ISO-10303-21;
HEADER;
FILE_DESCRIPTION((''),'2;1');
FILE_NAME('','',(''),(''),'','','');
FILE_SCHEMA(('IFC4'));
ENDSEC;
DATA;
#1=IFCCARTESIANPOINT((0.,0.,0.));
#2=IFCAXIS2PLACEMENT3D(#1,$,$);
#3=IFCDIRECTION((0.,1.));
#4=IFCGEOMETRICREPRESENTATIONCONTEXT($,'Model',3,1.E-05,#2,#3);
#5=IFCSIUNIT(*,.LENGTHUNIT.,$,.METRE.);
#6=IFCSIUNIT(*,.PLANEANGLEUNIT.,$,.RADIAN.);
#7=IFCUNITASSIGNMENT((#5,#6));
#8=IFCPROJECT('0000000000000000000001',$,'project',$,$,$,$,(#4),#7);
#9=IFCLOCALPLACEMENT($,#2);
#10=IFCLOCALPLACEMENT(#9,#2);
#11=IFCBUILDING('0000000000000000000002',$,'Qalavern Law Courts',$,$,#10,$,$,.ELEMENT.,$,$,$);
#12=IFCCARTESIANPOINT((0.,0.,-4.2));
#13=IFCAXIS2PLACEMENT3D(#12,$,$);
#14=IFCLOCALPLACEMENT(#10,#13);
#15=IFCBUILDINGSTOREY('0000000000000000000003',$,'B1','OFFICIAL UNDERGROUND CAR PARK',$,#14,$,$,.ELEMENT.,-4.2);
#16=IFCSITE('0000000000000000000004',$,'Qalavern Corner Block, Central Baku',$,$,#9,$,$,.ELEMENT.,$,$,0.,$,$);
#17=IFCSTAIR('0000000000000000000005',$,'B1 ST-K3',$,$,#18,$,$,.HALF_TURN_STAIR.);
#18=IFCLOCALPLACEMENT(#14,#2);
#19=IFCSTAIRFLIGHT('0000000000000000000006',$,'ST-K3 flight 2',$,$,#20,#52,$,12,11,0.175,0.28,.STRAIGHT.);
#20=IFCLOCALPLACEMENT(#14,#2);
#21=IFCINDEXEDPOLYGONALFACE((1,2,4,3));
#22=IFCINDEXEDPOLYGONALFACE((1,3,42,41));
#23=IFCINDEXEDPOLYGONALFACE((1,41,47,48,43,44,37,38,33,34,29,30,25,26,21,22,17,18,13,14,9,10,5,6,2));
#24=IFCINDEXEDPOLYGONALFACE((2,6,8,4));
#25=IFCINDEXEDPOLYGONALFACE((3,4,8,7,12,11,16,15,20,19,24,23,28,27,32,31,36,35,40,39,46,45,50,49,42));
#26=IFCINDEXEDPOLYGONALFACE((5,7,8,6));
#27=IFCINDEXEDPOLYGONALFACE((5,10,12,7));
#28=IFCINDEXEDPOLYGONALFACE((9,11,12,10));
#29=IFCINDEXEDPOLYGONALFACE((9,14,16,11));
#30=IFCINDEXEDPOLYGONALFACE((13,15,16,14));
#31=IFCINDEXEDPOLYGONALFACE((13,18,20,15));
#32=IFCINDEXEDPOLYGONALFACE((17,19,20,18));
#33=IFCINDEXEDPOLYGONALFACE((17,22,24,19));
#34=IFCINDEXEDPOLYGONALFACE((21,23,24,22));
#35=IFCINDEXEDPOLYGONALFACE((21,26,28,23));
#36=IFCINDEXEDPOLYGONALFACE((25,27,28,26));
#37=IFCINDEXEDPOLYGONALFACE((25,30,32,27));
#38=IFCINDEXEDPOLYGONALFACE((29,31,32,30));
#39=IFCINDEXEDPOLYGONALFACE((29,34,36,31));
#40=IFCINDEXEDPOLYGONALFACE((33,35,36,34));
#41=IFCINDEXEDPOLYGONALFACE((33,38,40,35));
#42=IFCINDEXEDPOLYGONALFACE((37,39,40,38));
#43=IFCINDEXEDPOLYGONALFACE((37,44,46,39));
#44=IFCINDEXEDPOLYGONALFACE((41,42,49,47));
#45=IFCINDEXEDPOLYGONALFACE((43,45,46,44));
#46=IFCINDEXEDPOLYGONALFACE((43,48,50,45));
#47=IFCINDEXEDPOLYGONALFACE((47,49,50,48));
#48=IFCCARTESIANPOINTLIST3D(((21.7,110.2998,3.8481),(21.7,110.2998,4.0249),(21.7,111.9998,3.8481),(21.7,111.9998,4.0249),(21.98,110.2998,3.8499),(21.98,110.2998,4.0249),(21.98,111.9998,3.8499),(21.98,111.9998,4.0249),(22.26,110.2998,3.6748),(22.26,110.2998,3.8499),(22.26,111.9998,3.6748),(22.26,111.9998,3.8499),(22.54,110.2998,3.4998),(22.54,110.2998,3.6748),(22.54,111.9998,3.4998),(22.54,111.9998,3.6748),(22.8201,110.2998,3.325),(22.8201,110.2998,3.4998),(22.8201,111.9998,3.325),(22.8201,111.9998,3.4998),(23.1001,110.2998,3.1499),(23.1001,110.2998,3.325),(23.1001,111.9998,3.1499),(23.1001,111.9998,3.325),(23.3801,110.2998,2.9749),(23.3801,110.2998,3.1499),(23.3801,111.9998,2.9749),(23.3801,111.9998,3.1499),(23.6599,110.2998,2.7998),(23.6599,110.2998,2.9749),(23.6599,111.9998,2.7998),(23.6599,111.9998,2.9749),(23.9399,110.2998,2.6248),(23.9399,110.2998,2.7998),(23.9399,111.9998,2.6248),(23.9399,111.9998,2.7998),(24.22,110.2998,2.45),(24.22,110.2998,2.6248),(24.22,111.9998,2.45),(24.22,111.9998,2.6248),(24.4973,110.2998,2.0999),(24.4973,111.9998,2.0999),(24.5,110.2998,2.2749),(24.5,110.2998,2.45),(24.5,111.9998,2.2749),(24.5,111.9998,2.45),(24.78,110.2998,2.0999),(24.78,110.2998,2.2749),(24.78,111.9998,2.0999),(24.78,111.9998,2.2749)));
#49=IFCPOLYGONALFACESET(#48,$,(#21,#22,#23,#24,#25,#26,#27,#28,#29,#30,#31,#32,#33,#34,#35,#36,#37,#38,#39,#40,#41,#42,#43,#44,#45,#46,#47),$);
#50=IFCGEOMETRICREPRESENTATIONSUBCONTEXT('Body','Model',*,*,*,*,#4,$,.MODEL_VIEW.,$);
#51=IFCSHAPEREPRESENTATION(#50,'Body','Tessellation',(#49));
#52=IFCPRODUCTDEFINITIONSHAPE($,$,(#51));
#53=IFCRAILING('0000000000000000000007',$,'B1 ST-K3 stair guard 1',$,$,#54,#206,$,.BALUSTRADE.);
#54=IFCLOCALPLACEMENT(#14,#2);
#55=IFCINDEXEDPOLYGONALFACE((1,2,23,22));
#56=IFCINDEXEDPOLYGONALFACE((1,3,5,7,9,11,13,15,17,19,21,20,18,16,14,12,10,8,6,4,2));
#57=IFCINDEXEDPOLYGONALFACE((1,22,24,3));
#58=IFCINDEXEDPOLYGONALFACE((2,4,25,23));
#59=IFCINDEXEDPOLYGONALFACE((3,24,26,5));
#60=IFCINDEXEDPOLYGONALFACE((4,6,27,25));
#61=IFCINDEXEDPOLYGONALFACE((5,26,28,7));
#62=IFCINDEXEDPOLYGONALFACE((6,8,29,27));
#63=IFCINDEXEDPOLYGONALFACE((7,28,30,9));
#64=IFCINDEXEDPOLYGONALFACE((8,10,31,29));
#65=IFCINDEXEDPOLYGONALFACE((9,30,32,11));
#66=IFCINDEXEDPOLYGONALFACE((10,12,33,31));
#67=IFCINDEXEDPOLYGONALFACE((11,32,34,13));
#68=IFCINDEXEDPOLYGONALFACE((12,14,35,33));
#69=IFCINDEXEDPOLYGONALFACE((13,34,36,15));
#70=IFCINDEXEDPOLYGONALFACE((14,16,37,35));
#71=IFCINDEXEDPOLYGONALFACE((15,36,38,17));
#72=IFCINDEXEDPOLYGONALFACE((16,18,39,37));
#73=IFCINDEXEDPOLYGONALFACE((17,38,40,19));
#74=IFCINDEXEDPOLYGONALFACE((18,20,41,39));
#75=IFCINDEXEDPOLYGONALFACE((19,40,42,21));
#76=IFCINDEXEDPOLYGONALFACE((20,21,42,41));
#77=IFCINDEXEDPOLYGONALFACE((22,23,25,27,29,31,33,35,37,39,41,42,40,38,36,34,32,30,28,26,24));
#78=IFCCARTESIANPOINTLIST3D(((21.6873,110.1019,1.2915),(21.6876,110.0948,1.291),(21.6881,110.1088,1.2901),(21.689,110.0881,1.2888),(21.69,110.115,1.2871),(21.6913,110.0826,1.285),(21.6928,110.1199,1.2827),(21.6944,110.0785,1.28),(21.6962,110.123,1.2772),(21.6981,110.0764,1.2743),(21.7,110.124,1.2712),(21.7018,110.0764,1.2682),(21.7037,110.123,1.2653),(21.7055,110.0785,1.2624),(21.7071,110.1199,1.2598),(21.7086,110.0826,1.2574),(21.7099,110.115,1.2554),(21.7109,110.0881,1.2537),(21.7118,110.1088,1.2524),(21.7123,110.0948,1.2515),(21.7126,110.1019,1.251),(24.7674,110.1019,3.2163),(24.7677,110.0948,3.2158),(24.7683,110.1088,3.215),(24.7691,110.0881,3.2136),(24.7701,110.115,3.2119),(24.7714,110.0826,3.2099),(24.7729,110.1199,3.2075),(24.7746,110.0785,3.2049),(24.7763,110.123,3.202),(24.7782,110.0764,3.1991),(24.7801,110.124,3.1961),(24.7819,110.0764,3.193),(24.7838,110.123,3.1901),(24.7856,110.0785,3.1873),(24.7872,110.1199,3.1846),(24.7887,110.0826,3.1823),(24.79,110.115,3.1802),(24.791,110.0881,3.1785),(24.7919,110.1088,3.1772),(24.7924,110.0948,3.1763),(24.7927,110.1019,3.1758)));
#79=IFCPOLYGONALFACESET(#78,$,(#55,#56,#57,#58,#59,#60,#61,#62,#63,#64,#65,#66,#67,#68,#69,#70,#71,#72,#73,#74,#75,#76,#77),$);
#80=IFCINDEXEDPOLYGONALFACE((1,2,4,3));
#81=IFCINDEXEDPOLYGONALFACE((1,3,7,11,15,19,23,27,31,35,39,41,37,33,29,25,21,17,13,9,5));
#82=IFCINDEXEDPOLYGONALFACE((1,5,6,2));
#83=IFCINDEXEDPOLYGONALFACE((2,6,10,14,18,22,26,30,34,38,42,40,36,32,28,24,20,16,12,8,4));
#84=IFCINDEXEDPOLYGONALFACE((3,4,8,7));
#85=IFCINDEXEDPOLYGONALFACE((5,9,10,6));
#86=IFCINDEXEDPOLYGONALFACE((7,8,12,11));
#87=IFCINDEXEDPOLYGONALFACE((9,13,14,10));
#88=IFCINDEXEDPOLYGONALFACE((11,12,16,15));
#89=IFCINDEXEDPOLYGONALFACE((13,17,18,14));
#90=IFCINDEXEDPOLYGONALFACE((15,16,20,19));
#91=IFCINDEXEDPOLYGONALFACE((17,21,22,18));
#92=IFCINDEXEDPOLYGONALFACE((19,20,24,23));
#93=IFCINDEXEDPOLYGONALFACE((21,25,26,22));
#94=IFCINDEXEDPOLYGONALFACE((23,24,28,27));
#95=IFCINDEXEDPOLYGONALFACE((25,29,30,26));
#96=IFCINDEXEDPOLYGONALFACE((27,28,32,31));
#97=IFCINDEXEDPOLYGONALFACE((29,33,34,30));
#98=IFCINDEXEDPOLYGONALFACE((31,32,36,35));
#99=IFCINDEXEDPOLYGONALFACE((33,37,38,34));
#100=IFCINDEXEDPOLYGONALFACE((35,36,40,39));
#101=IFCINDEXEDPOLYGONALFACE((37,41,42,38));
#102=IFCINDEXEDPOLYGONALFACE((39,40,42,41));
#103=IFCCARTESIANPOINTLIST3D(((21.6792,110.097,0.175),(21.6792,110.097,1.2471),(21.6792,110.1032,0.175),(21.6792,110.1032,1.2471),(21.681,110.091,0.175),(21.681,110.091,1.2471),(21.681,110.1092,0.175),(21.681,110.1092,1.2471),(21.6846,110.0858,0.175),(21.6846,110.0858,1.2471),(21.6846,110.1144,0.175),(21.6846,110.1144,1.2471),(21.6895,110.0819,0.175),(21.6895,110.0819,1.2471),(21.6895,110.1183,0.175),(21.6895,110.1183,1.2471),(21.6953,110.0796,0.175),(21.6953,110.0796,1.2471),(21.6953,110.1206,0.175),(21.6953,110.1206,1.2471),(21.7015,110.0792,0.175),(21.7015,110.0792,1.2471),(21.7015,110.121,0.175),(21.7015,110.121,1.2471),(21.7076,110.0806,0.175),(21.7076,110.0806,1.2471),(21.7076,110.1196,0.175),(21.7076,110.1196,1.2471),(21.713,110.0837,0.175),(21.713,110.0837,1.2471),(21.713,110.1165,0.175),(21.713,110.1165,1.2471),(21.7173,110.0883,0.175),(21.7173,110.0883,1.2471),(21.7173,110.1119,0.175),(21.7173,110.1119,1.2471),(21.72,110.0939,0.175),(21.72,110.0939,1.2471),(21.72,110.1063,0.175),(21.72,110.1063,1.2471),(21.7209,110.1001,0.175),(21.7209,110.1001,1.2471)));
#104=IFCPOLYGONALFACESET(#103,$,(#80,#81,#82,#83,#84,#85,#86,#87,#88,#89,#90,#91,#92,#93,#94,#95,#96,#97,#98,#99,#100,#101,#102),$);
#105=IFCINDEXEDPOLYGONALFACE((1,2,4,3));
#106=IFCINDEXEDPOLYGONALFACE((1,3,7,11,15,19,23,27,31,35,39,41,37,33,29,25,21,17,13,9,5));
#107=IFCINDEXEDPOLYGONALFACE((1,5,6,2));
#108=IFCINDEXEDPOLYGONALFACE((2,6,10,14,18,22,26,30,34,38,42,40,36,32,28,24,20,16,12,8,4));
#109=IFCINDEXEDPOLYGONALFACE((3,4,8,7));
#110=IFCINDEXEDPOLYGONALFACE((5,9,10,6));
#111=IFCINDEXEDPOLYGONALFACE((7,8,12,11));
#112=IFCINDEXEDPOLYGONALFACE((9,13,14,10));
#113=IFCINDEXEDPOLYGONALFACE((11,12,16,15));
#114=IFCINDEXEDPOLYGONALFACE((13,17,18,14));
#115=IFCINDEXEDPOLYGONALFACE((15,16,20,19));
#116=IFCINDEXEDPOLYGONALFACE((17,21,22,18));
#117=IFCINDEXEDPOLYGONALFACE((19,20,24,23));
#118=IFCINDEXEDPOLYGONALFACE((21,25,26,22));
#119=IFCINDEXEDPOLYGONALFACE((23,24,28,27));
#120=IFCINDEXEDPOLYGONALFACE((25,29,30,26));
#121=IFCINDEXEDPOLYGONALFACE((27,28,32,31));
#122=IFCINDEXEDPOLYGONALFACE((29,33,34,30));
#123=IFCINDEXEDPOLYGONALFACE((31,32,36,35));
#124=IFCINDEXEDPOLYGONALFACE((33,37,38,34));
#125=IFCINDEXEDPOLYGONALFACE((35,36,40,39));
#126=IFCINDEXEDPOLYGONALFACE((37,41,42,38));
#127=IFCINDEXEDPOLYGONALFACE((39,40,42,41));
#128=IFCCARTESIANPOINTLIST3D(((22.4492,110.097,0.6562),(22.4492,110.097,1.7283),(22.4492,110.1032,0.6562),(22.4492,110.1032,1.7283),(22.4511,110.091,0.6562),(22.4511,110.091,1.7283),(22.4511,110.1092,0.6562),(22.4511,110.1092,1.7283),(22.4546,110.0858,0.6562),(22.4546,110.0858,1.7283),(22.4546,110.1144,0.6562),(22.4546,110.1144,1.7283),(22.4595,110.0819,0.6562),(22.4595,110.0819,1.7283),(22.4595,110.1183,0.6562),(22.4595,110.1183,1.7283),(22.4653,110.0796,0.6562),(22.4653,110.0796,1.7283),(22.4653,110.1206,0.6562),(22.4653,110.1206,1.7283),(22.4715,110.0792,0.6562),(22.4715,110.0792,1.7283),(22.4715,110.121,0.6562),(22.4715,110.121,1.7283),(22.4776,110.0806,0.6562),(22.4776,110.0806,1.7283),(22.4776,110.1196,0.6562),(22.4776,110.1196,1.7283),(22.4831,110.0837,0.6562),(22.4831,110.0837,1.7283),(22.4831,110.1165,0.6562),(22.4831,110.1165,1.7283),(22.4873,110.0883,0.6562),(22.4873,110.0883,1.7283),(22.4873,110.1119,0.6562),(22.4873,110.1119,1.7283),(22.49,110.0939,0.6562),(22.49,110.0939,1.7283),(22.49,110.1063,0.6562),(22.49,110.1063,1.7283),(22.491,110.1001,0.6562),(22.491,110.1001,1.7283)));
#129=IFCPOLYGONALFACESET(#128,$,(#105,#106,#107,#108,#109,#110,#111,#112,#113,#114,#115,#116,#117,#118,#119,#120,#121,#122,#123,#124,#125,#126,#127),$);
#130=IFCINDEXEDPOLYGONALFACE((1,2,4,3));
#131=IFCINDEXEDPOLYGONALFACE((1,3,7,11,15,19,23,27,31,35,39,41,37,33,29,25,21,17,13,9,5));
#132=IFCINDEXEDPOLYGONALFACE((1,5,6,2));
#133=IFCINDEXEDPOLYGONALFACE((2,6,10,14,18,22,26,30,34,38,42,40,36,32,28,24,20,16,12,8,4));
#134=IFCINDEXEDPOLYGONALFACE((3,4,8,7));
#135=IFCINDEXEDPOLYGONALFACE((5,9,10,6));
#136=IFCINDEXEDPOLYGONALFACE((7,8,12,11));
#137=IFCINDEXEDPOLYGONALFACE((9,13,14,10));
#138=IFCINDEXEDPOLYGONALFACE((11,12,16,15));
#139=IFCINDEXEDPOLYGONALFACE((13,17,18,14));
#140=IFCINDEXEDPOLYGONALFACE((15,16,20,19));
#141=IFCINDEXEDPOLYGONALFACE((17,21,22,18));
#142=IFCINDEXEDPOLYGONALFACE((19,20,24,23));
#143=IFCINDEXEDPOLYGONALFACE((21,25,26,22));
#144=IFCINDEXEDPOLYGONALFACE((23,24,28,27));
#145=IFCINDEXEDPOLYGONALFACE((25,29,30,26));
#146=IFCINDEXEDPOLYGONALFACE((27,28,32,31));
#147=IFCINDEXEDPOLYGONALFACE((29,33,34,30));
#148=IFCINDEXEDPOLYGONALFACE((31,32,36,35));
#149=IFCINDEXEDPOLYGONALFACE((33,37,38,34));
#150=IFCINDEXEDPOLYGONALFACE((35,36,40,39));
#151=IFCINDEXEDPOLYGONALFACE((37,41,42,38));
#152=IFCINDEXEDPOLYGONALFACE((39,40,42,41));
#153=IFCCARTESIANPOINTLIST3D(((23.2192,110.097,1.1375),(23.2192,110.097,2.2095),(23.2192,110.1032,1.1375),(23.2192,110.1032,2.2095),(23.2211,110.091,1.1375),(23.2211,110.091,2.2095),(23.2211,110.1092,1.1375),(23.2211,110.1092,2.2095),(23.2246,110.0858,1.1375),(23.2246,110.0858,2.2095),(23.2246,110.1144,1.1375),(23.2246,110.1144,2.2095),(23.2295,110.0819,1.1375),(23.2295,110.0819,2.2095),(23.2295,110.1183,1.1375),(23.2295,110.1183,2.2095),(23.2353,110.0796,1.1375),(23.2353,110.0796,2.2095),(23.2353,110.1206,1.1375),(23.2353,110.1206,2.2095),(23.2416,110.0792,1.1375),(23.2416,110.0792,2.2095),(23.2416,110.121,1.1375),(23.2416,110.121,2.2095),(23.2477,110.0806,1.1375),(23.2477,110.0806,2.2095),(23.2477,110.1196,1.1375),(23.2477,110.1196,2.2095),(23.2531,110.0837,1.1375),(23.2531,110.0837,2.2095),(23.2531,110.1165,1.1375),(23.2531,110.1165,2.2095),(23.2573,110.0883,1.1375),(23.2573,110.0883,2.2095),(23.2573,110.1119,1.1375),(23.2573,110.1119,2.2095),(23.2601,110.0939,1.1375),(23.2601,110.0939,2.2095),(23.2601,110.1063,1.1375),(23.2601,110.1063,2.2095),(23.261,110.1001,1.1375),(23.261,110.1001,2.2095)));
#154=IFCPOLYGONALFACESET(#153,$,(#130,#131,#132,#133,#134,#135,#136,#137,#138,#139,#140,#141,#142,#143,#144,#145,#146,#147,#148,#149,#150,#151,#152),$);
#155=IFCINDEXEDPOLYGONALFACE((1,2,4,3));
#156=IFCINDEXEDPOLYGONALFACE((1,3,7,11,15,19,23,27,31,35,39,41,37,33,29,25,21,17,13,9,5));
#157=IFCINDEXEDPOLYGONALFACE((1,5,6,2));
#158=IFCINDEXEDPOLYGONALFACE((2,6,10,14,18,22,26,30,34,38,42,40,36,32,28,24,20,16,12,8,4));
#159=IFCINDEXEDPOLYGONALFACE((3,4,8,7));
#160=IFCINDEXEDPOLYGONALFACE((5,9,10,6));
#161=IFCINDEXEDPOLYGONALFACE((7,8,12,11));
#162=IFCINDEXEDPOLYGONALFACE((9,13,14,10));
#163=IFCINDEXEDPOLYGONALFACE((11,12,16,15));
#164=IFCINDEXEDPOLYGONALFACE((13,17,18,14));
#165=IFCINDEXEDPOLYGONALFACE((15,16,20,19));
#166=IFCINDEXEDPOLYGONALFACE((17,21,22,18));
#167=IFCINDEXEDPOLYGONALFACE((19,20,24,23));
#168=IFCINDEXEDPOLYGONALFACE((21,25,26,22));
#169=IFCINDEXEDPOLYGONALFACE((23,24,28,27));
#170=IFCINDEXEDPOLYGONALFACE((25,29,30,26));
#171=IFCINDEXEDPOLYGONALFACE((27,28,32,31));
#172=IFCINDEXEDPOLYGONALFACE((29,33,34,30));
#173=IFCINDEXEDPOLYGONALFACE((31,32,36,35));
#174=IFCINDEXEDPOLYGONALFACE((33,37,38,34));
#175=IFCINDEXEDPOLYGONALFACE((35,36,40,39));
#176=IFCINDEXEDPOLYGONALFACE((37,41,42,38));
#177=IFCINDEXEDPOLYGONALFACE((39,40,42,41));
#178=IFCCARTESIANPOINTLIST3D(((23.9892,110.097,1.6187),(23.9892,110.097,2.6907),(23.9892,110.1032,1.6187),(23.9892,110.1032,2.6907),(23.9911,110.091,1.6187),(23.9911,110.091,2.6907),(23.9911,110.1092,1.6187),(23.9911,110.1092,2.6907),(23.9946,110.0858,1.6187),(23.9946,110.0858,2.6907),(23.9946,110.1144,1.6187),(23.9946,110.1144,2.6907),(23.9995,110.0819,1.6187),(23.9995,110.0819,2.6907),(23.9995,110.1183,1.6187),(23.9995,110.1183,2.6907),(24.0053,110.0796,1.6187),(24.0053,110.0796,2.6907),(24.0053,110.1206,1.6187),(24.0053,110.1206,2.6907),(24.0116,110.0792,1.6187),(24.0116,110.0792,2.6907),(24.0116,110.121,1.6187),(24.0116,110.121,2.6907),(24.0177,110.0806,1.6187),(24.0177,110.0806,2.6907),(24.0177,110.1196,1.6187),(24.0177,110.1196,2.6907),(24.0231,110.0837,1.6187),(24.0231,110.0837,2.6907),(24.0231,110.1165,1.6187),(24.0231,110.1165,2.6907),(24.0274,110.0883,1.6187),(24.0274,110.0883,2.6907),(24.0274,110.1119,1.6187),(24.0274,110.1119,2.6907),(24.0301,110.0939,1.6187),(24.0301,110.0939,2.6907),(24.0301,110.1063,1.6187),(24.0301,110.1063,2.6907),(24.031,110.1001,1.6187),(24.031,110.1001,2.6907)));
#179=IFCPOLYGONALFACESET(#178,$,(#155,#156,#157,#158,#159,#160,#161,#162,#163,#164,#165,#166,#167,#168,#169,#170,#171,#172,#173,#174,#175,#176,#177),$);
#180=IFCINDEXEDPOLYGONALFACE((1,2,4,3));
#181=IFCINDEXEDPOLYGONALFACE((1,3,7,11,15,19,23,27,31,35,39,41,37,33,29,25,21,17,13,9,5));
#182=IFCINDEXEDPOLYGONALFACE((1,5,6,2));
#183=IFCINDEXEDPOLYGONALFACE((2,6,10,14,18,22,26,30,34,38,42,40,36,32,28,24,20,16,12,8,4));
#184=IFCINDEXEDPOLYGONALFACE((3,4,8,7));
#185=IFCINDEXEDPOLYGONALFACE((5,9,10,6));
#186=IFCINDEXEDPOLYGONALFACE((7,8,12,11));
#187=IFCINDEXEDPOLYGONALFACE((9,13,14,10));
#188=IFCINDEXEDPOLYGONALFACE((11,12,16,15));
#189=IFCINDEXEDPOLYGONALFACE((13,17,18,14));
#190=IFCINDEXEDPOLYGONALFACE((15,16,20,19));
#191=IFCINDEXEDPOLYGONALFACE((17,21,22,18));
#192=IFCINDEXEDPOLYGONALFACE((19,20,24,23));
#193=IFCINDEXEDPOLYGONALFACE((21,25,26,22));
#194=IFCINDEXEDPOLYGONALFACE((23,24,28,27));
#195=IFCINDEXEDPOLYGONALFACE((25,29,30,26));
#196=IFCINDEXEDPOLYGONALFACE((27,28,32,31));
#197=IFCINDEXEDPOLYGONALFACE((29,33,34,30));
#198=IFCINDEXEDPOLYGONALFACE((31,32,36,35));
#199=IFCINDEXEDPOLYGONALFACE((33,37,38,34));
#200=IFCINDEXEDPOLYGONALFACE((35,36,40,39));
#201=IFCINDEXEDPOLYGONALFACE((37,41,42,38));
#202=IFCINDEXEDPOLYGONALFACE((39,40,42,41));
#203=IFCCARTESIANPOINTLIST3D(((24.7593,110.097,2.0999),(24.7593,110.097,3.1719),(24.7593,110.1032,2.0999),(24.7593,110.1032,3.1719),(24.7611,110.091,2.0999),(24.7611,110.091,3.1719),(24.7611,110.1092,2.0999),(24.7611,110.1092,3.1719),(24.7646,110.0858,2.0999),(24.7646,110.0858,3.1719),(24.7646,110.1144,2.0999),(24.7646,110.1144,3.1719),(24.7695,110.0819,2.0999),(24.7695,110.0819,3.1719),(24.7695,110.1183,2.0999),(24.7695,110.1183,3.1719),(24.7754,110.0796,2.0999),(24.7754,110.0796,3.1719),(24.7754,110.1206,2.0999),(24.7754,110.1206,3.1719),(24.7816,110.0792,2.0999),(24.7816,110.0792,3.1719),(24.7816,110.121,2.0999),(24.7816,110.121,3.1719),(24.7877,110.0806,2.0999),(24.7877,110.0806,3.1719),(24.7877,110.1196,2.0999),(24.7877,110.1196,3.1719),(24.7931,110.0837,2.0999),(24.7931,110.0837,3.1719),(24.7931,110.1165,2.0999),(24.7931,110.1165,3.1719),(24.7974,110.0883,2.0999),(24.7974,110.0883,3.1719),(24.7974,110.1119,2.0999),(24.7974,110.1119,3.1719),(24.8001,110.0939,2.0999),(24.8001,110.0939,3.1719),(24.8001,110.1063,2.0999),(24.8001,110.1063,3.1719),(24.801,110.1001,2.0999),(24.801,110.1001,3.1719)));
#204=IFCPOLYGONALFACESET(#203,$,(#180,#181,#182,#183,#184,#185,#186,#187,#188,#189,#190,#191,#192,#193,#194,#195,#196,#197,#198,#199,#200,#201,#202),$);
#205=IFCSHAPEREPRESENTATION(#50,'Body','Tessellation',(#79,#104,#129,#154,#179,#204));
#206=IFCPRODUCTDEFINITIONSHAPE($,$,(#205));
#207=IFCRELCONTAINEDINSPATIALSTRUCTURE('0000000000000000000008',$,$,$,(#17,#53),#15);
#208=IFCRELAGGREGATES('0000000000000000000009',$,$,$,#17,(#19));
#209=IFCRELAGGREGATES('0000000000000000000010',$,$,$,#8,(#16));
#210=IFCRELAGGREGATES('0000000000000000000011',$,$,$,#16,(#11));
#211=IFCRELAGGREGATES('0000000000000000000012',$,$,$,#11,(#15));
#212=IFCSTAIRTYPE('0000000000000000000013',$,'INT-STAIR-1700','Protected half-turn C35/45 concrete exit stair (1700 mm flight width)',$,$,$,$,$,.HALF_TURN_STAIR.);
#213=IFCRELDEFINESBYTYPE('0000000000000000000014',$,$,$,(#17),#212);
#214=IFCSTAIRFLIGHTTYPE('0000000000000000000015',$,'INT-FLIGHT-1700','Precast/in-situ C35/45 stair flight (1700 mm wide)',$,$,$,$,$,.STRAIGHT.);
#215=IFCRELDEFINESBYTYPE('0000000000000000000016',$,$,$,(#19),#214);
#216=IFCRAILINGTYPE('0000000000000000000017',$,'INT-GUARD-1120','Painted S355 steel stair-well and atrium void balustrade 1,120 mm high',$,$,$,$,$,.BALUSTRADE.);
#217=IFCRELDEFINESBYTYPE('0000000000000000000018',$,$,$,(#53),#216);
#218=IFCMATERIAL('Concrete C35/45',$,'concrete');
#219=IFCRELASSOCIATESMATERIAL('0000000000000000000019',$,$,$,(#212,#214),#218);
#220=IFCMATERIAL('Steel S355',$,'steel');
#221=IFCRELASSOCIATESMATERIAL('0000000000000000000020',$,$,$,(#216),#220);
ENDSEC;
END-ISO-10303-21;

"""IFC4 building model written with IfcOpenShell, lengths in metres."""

from ifc_helpers import new_model, si_unit, direction, frame, origin, origin_2d, place, context, subcontext, project, spatial, polyline, circle, outline, extrude, material, type_object, element, aggregate, save


model = new_model("IFC4")

# Units and contexts
model_context = context("Model", 3, precision=1e-05, world=origin(), true_north=direction((0.0, 1.0)))
body_context = subcontext(model_context, "Body", "Model", "MODEL_VIEW")
ifc_project = project(units=[si_unit("LENGTHUNIT", "METRE"), si_unit("PLANEANGLEUNIT", "RADIAN")], contexts=[model_context])

# Site, building, storey
site_placement = place(None, origin())
site = spatial("IfcSite", under=ifc_project, at=site_placement, Name="Qalavern Corner Block, Central Baku", CompositionType="ELEMENT", RefElevation=0.0)
building_placement = place(site_placement, origin())
building = spatial("IfcBuilding", under=site, at=building_placement, Name="Qalavern Law Courts", CompositionType="ELEMENT")
storey_placement = place(building_placement, frame((0.0, 0.0, -4.2)))
storey = spatial("IfcBuildingStorey", under=building, at=storey_placement, Name="B1", Description="OFFICIAL UNDERGROUND CAR PARK", CompositionType="ELEMENT", Elevation=-4.2)

# Shared definitions
ifc_material_1 = material(Name="Steel S355", Category="steel")

# Stair, stair flight
ifc_material_2 = material(Name="Concrete C35/45", Category="concrete")
stair_type = type_object("IfcStairType", Name="INT-STAIR-1700", Description="Protected half-turn C35/45 concrete exit stair (1700 mm flight width)", PredefinedType="HALF_TURN_STAIR", material=ifc_material_2)
stair_placement = place(storey_placement, origin())
stair = element("IfcStair", 1, at=stair_placement, inside=storey, type_object=stair_type, Name="B1 ST-K3", PredefinedType="HALF_TURN_STAIR")
stair_flight_type = type_object("IfcStairFlightType", Name="INT-FLIGHT-1700", Description="Precast/in-situ C35/45 stair flight (1700 mm wide)", PredefinedType="STRAIGHT", material=ifc_material_2)
stair_flight_1_placement = place(storey_placement, frame((24.78, 111.1499, 2.0999), z_axis=(0.0, 0.0, 1.0), x_axis=(-1.0, 0.0, 0.0)))
stair_flight_1 = element("IfcStairFlight", 2, at=stair_flight_1_placement, type_object=stair_flight_type, Name="ST-K3 flight 2", NumberOfRisers=12, NumberOfTreads=11, PredefinedType="STRAIGHT", RiserHeight=0.175, TreadLength=0.28, context=body_context, shape_type="SweptSolid", body=[
    extrude(outline(polyline([(0.0, 0.0), (0.0, 0.175), (0.28, 0.175), (0.28, 0.3501), (0.5601, 0.3501), (0.5601, 0.5249), (0.8401, 0.5249), (0.8401, 0.7), (1.1201, 0.7), (1.1201, 0.875), (1.3999, 0.875), (1.3999, 1.05), (1.6799, 1.05), (1.6799, 1.2251), (1.96, 1.2251), (1.96, 1.3999), (2.24, 1.3999), (2.24, 1.575), (2.52, 1.575), (2.52, 1.75), (2.8, 1.75), (2.8, 1.925), (3.0801, 1.925), (3.0801, 2.1001), (3.0801, 1.7483), (0.2827, 0.0), (0.0, 0.0)])), frame((0.0, 0.8501, 0.0), z_axis=(0.0, -1.0, 0.0), x_axis=(1.0, 0.0, 0.0)), (0.0, 0.0, 1.0), 1.7),
])
aggregate(stair, [stair_flight_1])

# Railing
railing_type_1 = type_object("IfcRailingType", Name="INT-GUARD-1120", Description="Painted S355 steel stair-well and atrium void balustrade 1,120 mm high", PredefinedType="BALUSTRADE", material=ifc_material_1)
railing_1_placement = place(storey_placement, frame((21.7, 110.1001, 0.175)))
element("IfcRailing", 3, at=railing_1_placement, inside=storey, type_object=railing_type_1, Name="B1 ST-K3 stair guard 1", PredefinedType="BALUSTRADE", context=body_context, shape_type="SweptSolid", body=[
    extrude(circle(Radius=0.0239, at=origin_2d()), frame((0.0, 0.0, 1.0962), z_axis=(0.848029, 0.0, 0.529951), x_axis=(0.0, 1.0, 0.0)), (0.0, 0.0, 1.0), 3.6321),
    extrude(circle(Radius=0.021, at=origin_2d()), origin(), (0.0, 0.0, 1.0), 1.072),
    extrude(circle(Radius=0.021, at=origin_2d()), frame((0.77, 0.0, 0.4812)), (0.0, 0.0, 1.0), 1.072),
    extrude(circle(Radius=0.021, at=origin_2d()), frame((1.54, 0.0, 0.9624)), (0.0, 0.0, 1.0), 1.072),
    extrude(circle(Radius=0.021, at=origin_2d()), frame((2.3101, 0.0, 1.4436)), (0.0, 0.0, 1.0), 1.072),
    extrude(circle(Radius=0.021, at=origin_2d()), frame((3.0801, 0.0, 1.9248)), (0.0, 0.0, 1.0), 1.072),
])

save(model, "model.ifc")
